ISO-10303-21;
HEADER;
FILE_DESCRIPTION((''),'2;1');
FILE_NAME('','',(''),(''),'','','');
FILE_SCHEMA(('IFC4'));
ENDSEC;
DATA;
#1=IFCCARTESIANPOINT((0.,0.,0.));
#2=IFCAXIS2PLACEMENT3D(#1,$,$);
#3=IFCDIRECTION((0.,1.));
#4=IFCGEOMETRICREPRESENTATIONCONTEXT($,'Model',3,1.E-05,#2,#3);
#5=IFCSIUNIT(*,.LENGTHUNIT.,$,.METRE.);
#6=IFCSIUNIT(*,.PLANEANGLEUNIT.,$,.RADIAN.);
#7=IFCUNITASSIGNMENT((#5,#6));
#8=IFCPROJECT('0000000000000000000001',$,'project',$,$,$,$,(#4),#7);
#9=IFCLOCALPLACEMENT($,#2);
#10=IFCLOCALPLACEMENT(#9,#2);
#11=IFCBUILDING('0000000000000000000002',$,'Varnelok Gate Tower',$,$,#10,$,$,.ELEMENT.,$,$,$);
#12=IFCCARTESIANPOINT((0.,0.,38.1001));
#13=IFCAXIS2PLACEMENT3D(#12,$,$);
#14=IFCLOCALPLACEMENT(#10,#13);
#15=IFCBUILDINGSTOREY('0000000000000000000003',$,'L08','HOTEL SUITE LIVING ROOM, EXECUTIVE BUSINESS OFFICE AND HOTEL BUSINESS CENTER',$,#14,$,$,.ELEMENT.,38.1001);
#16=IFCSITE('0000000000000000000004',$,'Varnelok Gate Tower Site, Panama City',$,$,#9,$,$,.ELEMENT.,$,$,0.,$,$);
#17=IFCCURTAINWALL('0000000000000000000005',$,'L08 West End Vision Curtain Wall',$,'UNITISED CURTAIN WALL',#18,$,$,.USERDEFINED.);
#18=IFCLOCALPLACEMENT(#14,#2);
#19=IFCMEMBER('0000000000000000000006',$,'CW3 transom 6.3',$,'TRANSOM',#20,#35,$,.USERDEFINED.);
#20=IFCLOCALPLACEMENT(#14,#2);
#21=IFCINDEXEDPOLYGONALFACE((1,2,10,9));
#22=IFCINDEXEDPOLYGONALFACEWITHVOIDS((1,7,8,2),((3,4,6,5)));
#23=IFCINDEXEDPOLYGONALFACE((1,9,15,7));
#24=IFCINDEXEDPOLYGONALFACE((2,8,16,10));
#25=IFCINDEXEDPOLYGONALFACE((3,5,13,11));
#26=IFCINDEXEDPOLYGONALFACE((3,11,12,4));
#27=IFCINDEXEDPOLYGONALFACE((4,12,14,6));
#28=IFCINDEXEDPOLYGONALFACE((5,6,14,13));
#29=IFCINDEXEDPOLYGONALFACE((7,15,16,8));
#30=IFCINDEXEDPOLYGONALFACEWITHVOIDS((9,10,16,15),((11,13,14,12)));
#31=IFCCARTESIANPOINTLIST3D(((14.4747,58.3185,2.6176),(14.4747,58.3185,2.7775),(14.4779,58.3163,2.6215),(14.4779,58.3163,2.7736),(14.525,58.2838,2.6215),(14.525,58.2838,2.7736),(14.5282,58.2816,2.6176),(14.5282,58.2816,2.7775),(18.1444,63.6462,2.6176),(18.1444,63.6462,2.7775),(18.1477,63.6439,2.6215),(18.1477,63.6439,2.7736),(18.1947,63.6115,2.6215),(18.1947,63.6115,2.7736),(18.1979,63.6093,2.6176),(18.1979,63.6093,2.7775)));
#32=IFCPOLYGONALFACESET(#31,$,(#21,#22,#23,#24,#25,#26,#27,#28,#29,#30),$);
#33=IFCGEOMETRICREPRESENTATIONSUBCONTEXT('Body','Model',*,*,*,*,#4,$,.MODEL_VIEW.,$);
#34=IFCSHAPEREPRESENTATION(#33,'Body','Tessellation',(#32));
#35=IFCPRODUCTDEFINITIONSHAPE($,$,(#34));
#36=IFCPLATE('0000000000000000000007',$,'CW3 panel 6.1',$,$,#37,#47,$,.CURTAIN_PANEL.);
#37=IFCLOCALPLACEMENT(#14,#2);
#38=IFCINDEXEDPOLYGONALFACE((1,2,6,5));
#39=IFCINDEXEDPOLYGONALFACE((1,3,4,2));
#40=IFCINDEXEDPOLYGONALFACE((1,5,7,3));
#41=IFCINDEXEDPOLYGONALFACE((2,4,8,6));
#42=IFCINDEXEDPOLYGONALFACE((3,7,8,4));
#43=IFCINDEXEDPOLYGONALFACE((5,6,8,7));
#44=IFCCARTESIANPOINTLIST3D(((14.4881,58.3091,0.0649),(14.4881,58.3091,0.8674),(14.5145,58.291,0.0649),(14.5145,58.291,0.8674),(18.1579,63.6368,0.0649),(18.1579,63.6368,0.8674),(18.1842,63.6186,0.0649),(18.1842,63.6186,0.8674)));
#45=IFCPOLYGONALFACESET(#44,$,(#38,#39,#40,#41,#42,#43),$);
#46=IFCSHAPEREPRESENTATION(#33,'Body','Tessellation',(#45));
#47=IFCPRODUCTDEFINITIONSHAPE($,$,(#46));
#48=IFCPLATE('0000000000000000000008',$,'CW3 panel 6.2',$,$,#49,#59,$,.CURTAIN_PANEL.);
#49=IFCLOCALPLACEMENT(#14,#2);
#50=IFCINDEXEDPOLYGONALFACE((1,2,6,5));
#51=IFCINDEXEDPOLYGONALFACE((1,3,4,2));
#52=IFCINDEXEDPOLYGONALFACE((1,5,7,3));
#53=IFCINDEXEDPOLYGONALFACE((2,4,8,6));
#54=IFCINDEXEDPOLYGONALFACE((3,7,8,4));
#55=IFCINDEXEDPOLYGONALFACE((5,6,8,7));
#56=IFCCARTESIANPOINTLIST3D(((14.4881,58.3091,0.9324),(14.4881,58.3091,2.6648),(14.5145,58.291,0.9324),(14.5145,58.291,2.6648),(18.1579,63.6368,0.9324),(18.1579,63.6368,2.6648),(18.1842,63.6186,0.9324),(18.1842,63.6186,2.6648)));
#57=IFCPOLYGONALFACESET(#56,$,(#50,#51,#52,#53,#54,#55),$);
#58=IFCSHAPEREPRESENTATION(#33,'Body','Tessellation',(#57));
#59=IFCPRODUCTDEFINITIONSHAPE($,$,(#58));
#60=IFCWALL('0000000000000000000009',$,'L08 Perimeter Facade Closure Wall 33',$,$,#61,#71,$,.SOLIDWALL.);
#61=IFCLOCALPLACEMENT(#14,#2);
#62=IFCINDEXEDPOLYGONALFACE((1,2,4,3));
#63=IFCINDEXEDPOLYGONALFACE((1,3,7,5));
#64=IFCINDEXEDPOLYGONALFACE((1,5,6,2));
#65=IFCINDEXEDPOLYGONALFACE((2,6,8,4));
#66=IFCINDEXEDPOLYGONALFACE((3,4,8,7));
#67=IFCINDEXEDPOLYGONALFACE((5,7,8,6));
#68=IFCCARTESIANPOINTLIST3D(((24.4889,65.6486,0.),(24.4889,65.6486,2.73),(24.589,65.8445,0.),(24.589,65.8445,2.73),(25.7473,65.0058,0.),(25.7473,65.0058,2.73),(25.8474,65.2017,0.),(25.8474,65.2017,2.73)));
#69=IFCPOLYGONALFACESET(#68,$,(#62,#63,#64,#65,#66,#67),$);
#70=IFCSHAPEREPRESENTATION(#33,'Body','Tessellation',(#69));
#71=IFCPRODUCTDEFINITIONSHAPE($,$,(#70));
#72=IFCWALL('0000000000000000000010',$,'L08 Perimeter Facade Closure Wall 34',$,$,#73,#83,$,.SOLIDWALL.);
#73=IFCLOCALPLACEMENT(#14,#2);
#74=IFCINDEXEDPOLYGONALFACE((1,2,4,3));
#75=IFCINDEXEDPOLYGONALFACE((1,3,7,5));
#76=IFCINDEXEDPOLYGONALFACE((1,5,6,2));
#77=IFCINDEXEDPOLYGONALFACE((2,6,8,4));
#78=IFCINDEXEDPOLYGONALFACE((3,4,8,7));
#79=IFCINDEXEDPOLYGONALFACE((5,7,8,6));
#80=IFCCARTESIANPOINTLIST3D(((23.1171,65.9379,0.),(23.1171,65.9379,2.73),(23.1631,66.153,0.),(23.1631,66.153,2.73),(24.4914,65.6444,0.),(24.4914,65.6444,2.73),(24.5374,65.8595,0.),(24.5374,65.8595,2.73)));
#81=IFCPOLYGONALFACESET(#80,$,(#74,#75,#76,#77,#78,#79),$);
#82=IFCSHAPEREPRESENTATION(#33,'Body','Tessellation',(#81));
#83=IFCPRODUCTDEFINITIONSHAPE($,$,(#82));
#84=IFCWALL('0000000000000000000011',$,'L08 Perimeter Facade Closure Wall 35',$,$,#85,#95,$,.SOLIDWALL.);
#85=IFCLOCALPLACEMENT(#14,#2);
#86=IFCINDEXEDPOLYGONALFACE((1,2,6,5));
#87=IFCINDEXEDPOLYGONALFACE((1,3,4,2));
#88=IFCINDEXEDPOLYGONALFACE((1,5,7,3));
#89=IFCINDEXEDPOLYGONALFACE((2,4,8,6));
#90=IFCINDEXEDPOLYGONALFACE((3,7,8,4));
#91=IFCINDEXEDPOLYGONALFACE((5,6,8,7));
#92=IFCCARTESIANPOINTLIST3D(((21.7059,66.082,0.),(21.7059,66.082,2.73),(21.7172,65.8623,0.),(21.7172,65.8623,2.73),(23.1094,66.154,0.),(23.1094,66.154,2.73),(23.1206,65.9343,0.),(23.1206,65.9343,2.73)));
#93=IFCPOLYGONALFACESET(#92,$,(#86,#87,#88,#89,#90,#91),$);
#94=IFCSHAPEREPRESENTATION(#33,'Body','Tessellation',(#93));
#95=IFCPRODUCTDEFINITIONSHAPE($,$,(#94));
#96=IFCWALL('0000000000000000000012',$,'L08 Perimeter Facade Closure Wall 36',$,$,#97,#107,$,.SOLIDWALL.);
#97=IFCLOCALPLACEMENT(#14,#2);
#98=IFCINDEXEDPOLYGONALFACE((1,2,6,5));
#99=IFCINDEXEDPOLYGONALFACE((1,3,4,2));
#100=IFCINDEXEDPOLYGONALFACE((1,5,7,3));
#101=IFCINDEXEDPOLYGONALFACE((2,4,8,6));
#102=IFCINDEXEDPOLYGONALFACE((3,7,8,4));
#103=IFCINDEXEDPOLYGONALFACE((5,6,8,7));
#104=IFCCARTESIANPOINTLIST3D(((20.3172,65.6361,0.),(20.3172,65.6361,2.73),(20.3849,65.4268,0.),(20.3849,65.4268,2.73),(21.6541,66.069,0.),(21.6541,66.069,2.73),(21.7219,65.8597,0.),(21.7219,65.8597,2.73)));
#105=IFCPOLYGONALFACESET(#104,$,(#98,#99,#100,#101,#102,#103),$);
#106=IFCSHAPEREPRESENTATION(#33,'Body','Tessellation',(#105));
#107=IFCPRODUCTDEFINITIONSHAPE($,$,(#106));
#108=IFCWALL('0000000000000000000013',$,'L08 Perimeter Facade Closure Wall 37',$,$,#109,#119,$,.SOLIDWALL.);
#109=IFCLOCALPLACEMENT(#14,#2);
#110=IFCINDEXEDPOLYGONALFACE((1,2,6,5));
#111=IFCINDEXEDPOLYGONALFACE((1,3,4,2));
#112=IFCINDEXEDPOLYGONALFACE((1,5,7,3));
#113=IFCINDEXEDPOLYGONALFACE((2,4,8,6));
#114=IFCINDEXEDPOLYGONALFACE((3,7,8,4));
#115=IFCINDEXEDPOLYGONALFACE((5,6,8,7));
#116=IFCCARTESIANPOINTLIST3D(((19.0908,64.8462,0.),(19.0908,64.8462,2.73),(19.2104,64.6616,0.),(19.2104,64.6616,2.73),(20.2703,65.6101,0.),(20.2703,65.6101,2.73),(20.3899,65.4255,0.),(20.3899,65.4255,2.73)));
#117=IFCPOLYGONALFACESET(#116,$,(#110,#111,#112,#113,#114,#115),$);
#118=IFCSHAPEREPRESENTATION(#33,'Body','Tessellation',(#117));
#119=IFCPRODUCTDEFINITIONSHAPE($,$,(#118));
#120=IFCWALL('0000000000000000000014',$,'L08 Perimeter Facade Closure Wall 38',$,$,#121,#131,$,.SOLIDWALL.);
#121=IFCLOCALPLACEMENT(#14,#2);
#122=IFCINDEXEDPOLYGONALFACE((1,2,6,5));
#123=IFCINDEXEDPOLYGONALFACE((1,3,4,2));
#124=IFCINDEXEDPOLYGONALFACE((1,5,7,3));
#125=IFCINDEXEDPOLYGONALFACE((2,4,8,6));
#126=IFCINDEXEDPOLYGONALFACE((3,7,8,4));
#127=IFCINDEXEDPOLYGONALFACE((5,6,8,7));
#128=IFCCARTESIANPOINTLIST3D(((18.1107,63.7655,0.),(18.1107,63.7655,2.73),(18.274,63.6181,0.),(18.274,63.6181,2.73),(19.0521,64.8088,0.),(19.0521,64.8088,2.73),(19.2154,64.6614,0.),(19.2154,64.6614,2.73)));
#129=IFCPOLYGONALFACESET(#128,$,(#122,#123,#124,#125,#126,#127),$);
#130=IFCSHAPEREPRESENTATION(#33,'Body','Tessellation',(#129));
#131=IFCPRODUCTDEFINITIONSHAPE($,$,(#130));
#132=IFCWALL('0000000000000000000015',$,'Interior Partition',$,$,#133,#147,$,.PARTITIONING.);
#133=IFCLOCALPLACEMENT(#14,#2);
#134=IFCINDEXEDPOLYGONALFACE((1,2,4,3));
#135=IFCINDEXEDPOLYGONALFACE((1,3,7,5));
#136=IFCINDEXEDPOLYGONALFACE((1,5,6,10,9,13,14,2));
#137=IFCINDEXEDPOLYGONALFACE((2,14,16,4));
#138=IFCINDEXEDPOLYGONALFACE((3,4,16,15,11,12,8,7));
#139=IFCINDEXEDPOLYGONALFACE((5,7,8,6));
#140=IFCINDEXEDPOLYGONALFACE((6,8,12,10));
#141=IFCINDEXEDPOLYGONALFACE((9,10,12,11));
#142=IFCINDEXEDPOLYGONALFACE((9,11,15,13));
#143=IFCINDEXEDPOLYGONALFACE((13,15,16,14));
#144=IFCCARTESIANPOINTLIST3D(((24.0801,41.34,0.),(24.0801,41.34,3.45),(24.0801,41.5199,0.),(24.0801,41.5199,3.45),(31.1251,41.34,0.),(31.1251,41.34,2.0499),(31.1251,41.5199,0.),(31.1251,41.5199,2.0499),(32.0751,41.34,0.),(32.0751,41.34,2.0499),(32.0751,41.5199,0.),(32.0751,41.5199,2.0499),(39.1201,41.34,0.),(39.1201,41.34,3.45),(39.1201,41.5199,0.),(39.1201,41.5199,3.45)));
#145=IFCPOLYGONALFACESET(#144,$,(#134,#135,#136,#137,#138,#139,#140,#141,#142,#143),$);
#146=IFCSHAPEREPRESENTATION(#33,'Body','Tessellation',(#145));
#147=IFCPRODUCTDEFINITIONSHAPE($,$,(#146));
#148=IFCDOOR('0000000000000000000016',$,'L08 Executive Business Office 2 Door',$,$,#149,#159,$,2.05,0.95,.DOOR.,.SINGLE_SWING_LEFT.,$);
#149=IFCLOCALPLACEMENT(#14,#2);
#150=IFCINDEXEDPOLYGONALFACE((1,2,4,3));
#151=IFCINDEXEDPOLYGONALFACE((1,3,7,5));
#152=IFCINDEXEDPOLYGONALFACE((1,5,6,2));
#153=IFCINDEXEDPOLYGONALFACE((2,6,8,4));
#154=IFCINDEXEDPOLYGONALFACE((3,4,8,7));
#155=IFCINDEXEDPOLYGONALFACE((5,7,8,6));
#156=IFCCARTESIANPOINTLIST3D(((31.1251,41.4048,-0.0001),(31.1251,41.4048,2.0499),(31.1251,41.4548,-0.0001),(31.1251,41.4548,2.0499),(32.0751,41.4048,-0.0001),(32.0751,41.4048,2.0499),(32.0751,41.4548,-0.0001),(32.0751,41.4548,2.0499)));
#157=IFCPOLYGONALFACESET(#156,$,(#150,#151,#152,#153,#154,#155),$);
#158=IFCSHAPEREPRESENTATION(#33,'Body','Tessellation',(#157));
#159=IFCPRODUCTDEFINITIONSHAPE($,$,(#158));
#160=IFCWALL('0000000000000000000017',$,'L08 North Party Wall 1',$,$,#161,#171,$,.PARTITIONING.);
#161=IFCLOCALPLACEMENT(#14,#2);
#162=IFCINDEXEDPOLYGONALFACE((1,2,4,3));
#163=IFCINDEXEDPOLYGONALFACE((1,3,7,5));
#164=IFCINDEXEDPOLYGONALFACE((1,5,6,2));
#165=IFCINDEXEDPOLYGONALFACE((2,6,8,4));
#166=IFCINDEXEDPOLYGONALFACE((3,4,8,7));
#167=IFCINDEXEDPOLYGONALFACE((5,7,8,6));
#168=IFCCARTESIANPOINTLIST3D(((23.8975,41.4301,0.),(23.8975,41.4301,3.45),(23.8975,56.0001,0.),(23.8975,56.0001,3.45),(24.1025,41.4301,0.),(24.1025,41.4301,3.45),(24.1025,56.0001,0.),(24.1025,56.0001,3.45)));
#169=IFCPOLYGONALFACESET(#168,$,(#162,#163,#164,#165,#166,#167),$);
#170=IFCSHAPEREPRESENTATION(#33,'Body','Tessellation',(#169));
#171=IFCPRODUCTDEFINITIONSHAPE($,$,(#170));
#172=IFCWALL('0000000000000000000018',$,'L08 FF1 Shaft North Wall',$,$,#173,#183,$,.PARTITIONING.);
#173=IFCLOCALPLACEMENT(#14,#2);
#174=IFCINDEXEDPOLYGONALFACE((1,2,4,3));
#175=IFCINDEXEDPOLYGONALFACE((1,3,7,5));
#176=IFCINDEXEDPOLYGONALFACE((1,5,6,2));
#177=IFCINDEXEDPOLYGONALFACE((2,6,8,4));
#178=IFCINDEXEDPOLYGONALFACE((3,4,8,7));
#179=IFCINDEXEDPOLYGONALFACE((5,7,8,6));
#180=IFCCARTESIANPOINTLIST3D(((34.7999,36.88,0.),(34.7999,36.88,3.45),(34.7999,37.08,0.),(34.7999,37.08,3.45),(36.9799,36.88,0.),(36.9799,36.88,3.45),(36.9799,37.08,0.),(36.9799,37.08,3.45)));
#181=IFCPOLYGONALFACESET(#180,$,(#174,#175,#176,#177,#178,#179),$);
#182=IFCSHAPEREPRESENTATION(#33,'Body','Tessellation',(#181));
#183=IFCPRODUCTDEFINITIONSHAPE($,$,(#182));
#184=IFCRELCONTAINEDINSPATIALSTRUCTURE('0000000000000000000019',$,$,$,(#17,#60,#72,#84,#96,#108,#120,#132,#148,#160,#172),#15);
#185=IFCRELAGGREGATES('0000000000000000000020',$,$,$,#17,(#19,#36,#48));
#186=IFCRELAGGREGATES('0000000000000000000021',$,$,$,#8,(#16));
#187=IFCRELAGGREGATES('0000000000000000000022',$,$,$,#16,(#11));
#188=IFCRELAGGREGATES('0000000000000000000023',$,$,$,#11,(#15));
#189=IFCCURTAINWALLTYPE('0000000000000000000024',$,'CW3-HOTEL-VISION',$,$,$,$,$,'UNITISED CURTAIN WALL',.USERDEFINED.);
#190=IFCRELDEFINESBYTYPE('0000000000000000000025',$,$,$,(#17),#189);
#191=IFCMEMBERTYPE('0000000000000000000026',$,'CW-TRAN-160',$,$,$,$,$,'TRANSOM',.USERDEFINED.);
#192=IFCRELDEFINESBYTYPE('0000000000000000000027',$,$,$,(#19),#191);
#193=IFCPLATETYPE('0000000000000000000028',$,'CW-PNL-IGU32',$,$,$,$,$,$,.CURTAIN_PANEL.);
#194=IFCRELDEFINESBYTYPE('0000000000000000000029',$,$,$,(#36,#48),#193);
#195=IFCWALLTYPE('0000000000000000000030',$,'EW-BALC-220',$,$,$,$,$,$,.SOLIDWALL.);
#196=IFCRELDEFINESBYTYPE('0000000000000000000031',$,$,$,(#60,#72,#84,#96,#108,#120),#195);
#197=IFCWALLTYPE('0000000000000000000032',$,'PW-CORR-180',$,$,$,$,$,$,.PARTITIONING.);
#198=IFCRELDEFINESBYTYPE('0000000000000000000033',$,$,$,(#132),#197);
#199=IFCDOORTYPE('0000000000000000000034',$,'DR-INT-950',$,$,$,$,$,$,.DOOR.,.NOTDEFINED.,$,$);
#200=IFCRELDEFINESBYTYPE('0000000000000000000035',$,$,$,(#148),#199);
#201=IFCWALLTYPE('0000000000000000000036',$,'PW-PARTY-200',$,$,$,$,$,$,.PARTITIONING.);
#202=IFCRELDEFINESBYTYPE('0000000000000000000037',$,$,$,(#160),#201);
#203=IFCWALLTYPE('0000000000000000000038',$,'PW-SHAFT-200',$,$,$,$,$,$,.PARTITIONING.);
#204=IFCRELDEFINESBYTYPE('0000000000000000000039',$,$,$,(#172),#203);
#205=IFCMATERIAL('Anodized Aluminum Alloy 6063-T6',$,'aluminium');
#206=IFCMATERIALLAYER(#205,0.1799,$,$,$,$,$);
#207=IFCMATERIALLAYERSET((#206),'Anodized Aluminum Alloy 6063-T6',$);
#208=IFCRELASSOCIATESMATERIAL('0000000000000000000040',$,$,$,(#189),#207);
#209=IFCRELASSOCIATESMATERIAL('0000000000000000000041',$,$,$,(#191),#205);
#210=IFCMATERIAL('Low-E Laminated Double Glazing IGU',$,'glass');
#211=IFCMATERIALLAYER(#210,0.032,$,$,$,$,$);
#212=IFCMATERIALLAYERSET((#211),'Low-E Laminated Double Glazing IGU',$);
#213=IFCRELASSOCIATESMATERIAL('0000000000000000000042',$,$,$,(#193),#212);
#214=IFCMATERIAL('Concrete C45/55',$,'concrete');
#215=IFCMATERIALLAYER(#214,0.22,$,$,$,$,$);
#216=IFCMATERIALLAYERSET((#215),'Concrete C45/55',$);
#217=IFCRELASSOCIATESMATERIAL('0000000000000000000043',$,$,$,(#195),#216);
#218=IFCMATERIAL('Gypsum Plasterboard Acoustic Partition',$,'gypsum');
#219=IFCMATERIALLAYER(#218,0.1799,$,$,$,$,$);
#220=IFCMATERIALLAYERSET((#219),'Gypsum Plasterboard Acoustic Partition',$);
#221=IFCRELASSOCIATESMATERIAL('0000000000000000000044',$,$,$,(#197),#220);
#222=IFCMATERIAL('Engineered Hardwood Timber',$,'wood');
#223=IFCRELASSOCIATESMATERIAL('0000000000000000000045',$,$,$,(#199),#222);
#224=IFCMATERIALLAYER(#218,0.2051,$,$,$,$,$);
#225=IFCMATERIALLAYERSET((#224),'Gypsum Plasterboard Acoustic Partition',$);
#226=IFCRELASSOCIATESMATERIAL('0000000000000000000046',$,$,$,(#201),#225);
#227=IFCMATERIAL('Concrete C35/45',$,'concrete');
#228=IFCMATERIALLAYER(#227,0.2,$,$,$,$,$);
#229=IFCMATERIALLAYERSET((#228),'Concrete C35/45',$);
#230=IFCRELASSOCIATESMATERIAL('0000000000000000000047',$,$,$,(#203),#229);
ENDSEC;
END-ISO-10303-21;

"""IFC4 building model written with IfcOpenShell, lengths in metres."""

from ifc_helpers import new_model, si_unit, direction, frame, frame_2d, origin, origin_2d, place, context, subcontext, project, spatial, rectangle, hollow_rectangle, extrude, source, transform, mapped, material, layer, layer_set, material_profile, profile_set, type_object, element, fill, aggregate, save


model = new_model("IFC4")

# Units and contexts
model_context = context("Model", 3, precision=1e-05, world=origin(), true_north=direction((0.0, 1.0)))
body_context = subcontext(model_context, "Body", "Model", "MODEL_VIEW")
ifc_project = project(units=[si_unit("LENGTHUNIT", "METRE"), si_unit("PLANEANGLEUNIT", "RADIAN")], contexts=[model_context])

# Site, building, storey
site_placement = place(None, origin())
site = spatial("IfcSite", under=ifc_project, at=site_placement, Name="Varnelok Gate Tower Site, Panama City", CompositionType="ELEMENT", RefElevation=0.0)
building_placement = place(site_placement, origin())
building = spatial("IfcBuilding", under=site, at=building_placement, Name="Varnelok Gate Tower", CompositionType="ELEMENT")
storey_placement = place(building_placement, frame((0.0, 0.0, 38.1001)))
storey = spatial("IfcBuildingStorey", under=building, at=storey_placement, Name="L08", Description="HOTEL SUITE LIVING ROOM, EXECUTIVE BUSINESS OFFICE AND HOTEL BUSINESS CENTER", CompositionType="ELEMENT", Elevation=38.1001)

# Curtain wall, member, plates
ifc_material_1 = material(Name="Anodized Aluminum Alloy 6063-T6", Category="aluminium")
ifc_layer_1 = layer(ifc_material_1, 0.1799)
ifc_layer_set_1 = layer_set([ifc_layer_1], Name="Anodized Aluminum Alloy 6063-T6")
curtain_wall_type = type_object("IfcCurtainWallType", Name="CW3-HOTEL-VISION", ElementType="UNITISED CURTAIN WALL", PredefinedType="USERDEFINED", material=ifc_layer_set_1)
curtain_wall_placement = place(storey_placement, origin())
curtain_wall = element("IfcCurtainWall", 1, at=curtain_wall_placement, inside=storey, type_object=curtain_wall_type, Name="L08 West End Vision Curtain Wall", ObjectType="UNITISED CURTAIN WALL", PredefinedType="USERDEFINED")
ifc_material_profile_1 = material_profile(ifc_material_1, hollow_rectangle(XDim=0.0649, YDim=0.1599, WallThickness=0.0039, at=origin_2d()), Name="ALU160X65X4")
ifc_profile_set_1 = profile_set([ifc_material_profile_1], Name="Anodized Aluminum Alloy 6063-T6")
member_type_1 = type_object("IfcMemberType", Name="CW-TRAN-160", ElementType="TRANSOM", PredefinedType="USERDEFINED", material=ifc_profile_set_1)
member_1_placement = place(storey_placement, frame((14.5015, 58.3, 2.6975), z_axis=(0.567256, 0.823542, 0.0), x_axis=(-0.823542, 0.567256, 0.0)))
member_1 = element("IfcMember", 2, at=member_1_placement, type_object=member_type_1, Name="CW3 transom 6.3", ObjectType="TRANSOM", PredefinedType="USERDEFINED", context=body_context, shape_type="SweptSolid", body=[
    extrude(hollow_rectangle(XDim=0.0649, YDim=0.1599, WallThickness=0.0039, at=origin_2d()), origin(), (0.0, 0.0, 1.0), 6.4692),
])
ifc_material_2 = material(Name="Low-E Laminated Double Glazing IGU", Category="glass")
ifc_layer_2 = layer(ifc_material_2, 0.032)
ifc_layer_set_2 = layer_set([ifc_layer_2], Name="Low-E Laminated Double Glazing IGU")
plate_type = type_object("IfcPlateType", Name="CW-PNL-IGU32", PredefinedType="CURTAIN_PANEL", material=ifc_layer_set_2)
shared_shape_1 = source(origin(), body_context, "Body", "SweptSolid", [
    extrude(rectangle(XDim=6.4692, YDim=0.032, at=origin_2d()), origin(), (0.0, 0.0, 1.0), 0.8025),
])
plate_1_placement = place(storey_placement, frame((16.3362, 60.9639, 0.0649), z_axis=(0.0, 0.0, 1.0), x_axis=(0.567269, 0.823533, 0.0)))
plate_1 = element("IfcPlate", 3, at=plate_1_placement, type_object=plate_type, Name="CW3 panel 6.1", PredefinedType="CURTAIN_PANEL", context=body_context, shape_type="MappedRepresentation", body=[
    mapped(shared_shape_1, transform((0.0, 0.0, 0.0), scale=1.0)),
])
shared_shape_2 = source(origin(), body_context, "Body", "SweptSolid", [
    extrude(rectangle(XDim=6.4692, YDim=0.032, at=origin_2d()), origin(), (0.0, 0.0, 1.0), 1.7324),
])
plate_2_placement = place(storey_placement, frame((16.3362, 60.9639, 0.9324), z_axis=(0.0, 0.0, 1.0), x_axis=(0.567269, 0.823533, 0.0)))
plate_2 = element("IfcPlate", 4, at=plate_2_placement, type_object=plate_type, Name="CW3 panel 6.2", PredefinedType="CURTAIN_PANEL", context=body_context, shape_type="MappedRepresentation", body=[
    mapped(shared_shape_2, transform((0.0, 0.0, 0.0), scale=1.0)),
])
aggregate(curtain_wall, [member_1, plate_1, plate_2])

# Walls
ifc_material_3 = material(Name="Concrete C45/55", Category="concrete")
ifc_layer_3 = layer(ifc_material_3, 0.22)
ifc_layer_set_3 = layer_set([ifc_layer_3], Name="Concrete C45/55")
wall_type_1 = type_object("IfcWallType", Name="EW-BALC-220", PredefinedType="SOLIDWALL", material=ifc_layer_set_3)
wall_1_placement = place(storey_placement, frame((25.7974, 65.1038, 0.0), z_axis=(0.0, 0.0, 1.0), x_axis=(-0.890559, 0.454868, 0.0)))
element("IfcWall", 5, at=wall_1_placement, inside=storey, type_object=wall_type_1, Name="L08 Perimeter Facade Closure Wall 33", PredefinedType="SOLIDWALL", context=body_context, shape_type="SweptSolid", body=[
    extrude(rectangle(XDim=1.4131, YDim=0.22, at=frame_2d((0.7065, 0.0))), origin(), (0.0, 0.0, 1.0), 2.73),
])
for number, where, z_axis, x_axis, name in (
    (6, (24.5144, 65.752, 0.0), (0.0, 0.0, 1.0), (-0.977952, 0.208829, 0.0), "L08 Perimeter Facade Closure Wall 34"),
    (7, (23.115, 66.0442, 0.0), (0.0, 0.0, 1.0), (-0.998686, -0.051255, 0.0), "L08 Perimeter Facade Closure Wall 35"),
    (8, (21.688, 65.9644, 0.0), (0.0, 0.0, 1.0), (-0.951376, -0.308033, 0.0), "L08 Perimeter Facade Closure Wall 36"),
    (9, (20.3301, 65.5178, 0.0), (0.0, 0.0, 1.0), (-0.839328, -0.543626, 0.0), "L08 Perimeter Facade Closure Wall 37"),
    (10, (19.1338, 64.7351, 0.0), (0.0, 0.0, 1.0), (-0.669953, -0.742404, 0.0), "L08 Perimeter Facade Closure Wall 38"),
):
    element("IfcWall", number, at=place(storey_placement, frame(where, z_axis=z_axis, x_axis=x_axis)), inside=storey, type_object=wall_type_1, Name=name, PredefinedType="SOLIDWALL", context=body_context, shape_type="SweptSolid", body=[
        extrude(rectangle(XDim=1.4053, YDim=0.22, at=frame_2d((0.7026, 0.0))), origin(), (0.0, 0.0, 1.0), 2.73),
    ])

# Wall, opening, door
ifc_material_4 = material(Name="Gypsum Plasterboard Acoustic Partition", Category="gypsum")
ifc_layer_4 = layer(ifc_material_4, 0.1799)
ifc_layer_set_4 = layer_set([ifc_layer_4], Name="Gypsum Plasterboard Acoustic Partition")
wall_type_2 = type_object("IfcWallType", Name="PW-CORR-180", PredefinedType="PARTITIONING", material=ifc_layer_set_4)
wall_2_placement = place(storey_placement, frame((24.0801, 41.4299, 0.0), z_axis=(0.0, 0.0, 1.0), x_axis=(1.0, 0.0, 0.0)))
wall_2 = element("IfcWall", 11, at=wall_2_placement, inside=storey, type_object=wall_type_2, Name="Interior Partition", PredefinedType="PARTITIONING", context=body_context, shape_type="SweptSolid", body=[
    extrude(rectangle(XDim=15.04, YDim=0.1799, at=frame_2d((7.52, 0.0))), origin(), (0.0, 0.0, 1.0), 3.45),
])
opening_1_placement = place(wall_2_placement, frame((7.0449, 0.0, 0.0)))
opening_1 = element("IfcOpeningElement", 12, at=opening_1_placement, cuts=wall_2, PredefinedType="OPENING", context=body_context, shape_type="SweptSolid", body=[
    extrude(rectangle(XDim=0.95, YDim=2.05, at=frame_2d((0.4751, 1.0249))), frame((0.0, 0.0999, 0.0), z_axis=(0.0, -1.0, 0.0), x_axis=(1.0, 0.0, 0.0)), (0.0, 0.0, 1.0), 0.2),
])
ifc_material_5 = material(Name="Engineered Hardwood Timber", Category="wood")
door_type_1 = type_object("IfcDoorType", Name="DR-INT-950", OperationType="NOTDEFINED", PredefinedType="DOOR", material=ifc_material_5)
door_1_placement = place(opening_1_placement, origin())
door_1 = element("IfcDoor", 13, at=door_1_placement, inside=storey, type_object=door_type_1, Name="L08 Executive Business Office 2 Door", OperationType="SINGLE_SWING_LEFT", OverallHeight=2.05, OverallWidth=0.95, PredefinedType="DOOR", context=body_context, shape_type="SweptSolid", body=[
    extrude(rectangle(XDim=0.95, YDim=2.05, at=frame_2d((0.4751, 1.0249))), frame((0.0, 0.0249, 0.0), z_axis=(0.0, -1.0, 0.0), x_axis=(1.0, 0.0, 0.0)), (0.0, 0.0, 1.0), 0.05),
])
fill(opening_1, door_1)

# Walls
ifc_layer_5 = layer(ifc_material_4, 0.2051)
ifc_layer_set_5 = layer_set([ifc_layer_5], Name="Gypsum Plasterboard Acoustic Partition")
wall_type_3 = type_object("IfcWallType", Name="PW-PARTY-200", PredefinedType="PARTITIONING", material=ifc_layer_set_5)
wall_3_placement = place(storey_placement, frame((24.0, 41.4299, 0.0), z_axis=(0.0, 0.0, 1.0), x_axis=(0.0, 1.0, 0.0)))
element("IfcWall", 14, at=wall_3_placement, inside=storey, type_object=wall_type_3, Name="L08 North Party Wall 1", PredefinedType="PARTITIONING", context=body_context, shape_type="SweptSolid", body=[
    extrude(rectangle(XDim=14.5701, YDim=0.2051, at=frame_2d((7.2852, 0.0))), origin(), (0.0, 0.0, 1.0), 3.45),
])
ifc_material_6 = material(Name="Concrete C35/45", Category="concrete")
ifc_layer_6 = layer(ifc_material_6, 0.2)
ifc_layer_set_6 = layer_set([ifc_layer_6], Name="Concrete C35/45")
wall_type_4 = type_object("IfcWallType", Name="PW-SHAFT-200", PredefinedType="PARTITIONING", material=ifc_layer_set_6)
wall_4_placement = place(storey_placement, frame((34.8, 36.98, 0.0), z_axis=(0.0, 0.0, 1.0), x_axis=(1.0, 0.0, 0.0)))
element("IfcWall", 15, at=wall_4_placement, inside=storey, type_object=wall_type_4, Name="L08 FF1 Shaft North Wall", PredefinedType="PARTITIONING", context=body_context, shape_type="SweptSolid", body=[
    extrude(rectangle(XDim=2.1799, YDim=0.2, at=frame_2d((1.0898, 0.0))), origin(), (0.0, 0.0, 1.0), 3.45),
])

save(model, "model.ifc")
